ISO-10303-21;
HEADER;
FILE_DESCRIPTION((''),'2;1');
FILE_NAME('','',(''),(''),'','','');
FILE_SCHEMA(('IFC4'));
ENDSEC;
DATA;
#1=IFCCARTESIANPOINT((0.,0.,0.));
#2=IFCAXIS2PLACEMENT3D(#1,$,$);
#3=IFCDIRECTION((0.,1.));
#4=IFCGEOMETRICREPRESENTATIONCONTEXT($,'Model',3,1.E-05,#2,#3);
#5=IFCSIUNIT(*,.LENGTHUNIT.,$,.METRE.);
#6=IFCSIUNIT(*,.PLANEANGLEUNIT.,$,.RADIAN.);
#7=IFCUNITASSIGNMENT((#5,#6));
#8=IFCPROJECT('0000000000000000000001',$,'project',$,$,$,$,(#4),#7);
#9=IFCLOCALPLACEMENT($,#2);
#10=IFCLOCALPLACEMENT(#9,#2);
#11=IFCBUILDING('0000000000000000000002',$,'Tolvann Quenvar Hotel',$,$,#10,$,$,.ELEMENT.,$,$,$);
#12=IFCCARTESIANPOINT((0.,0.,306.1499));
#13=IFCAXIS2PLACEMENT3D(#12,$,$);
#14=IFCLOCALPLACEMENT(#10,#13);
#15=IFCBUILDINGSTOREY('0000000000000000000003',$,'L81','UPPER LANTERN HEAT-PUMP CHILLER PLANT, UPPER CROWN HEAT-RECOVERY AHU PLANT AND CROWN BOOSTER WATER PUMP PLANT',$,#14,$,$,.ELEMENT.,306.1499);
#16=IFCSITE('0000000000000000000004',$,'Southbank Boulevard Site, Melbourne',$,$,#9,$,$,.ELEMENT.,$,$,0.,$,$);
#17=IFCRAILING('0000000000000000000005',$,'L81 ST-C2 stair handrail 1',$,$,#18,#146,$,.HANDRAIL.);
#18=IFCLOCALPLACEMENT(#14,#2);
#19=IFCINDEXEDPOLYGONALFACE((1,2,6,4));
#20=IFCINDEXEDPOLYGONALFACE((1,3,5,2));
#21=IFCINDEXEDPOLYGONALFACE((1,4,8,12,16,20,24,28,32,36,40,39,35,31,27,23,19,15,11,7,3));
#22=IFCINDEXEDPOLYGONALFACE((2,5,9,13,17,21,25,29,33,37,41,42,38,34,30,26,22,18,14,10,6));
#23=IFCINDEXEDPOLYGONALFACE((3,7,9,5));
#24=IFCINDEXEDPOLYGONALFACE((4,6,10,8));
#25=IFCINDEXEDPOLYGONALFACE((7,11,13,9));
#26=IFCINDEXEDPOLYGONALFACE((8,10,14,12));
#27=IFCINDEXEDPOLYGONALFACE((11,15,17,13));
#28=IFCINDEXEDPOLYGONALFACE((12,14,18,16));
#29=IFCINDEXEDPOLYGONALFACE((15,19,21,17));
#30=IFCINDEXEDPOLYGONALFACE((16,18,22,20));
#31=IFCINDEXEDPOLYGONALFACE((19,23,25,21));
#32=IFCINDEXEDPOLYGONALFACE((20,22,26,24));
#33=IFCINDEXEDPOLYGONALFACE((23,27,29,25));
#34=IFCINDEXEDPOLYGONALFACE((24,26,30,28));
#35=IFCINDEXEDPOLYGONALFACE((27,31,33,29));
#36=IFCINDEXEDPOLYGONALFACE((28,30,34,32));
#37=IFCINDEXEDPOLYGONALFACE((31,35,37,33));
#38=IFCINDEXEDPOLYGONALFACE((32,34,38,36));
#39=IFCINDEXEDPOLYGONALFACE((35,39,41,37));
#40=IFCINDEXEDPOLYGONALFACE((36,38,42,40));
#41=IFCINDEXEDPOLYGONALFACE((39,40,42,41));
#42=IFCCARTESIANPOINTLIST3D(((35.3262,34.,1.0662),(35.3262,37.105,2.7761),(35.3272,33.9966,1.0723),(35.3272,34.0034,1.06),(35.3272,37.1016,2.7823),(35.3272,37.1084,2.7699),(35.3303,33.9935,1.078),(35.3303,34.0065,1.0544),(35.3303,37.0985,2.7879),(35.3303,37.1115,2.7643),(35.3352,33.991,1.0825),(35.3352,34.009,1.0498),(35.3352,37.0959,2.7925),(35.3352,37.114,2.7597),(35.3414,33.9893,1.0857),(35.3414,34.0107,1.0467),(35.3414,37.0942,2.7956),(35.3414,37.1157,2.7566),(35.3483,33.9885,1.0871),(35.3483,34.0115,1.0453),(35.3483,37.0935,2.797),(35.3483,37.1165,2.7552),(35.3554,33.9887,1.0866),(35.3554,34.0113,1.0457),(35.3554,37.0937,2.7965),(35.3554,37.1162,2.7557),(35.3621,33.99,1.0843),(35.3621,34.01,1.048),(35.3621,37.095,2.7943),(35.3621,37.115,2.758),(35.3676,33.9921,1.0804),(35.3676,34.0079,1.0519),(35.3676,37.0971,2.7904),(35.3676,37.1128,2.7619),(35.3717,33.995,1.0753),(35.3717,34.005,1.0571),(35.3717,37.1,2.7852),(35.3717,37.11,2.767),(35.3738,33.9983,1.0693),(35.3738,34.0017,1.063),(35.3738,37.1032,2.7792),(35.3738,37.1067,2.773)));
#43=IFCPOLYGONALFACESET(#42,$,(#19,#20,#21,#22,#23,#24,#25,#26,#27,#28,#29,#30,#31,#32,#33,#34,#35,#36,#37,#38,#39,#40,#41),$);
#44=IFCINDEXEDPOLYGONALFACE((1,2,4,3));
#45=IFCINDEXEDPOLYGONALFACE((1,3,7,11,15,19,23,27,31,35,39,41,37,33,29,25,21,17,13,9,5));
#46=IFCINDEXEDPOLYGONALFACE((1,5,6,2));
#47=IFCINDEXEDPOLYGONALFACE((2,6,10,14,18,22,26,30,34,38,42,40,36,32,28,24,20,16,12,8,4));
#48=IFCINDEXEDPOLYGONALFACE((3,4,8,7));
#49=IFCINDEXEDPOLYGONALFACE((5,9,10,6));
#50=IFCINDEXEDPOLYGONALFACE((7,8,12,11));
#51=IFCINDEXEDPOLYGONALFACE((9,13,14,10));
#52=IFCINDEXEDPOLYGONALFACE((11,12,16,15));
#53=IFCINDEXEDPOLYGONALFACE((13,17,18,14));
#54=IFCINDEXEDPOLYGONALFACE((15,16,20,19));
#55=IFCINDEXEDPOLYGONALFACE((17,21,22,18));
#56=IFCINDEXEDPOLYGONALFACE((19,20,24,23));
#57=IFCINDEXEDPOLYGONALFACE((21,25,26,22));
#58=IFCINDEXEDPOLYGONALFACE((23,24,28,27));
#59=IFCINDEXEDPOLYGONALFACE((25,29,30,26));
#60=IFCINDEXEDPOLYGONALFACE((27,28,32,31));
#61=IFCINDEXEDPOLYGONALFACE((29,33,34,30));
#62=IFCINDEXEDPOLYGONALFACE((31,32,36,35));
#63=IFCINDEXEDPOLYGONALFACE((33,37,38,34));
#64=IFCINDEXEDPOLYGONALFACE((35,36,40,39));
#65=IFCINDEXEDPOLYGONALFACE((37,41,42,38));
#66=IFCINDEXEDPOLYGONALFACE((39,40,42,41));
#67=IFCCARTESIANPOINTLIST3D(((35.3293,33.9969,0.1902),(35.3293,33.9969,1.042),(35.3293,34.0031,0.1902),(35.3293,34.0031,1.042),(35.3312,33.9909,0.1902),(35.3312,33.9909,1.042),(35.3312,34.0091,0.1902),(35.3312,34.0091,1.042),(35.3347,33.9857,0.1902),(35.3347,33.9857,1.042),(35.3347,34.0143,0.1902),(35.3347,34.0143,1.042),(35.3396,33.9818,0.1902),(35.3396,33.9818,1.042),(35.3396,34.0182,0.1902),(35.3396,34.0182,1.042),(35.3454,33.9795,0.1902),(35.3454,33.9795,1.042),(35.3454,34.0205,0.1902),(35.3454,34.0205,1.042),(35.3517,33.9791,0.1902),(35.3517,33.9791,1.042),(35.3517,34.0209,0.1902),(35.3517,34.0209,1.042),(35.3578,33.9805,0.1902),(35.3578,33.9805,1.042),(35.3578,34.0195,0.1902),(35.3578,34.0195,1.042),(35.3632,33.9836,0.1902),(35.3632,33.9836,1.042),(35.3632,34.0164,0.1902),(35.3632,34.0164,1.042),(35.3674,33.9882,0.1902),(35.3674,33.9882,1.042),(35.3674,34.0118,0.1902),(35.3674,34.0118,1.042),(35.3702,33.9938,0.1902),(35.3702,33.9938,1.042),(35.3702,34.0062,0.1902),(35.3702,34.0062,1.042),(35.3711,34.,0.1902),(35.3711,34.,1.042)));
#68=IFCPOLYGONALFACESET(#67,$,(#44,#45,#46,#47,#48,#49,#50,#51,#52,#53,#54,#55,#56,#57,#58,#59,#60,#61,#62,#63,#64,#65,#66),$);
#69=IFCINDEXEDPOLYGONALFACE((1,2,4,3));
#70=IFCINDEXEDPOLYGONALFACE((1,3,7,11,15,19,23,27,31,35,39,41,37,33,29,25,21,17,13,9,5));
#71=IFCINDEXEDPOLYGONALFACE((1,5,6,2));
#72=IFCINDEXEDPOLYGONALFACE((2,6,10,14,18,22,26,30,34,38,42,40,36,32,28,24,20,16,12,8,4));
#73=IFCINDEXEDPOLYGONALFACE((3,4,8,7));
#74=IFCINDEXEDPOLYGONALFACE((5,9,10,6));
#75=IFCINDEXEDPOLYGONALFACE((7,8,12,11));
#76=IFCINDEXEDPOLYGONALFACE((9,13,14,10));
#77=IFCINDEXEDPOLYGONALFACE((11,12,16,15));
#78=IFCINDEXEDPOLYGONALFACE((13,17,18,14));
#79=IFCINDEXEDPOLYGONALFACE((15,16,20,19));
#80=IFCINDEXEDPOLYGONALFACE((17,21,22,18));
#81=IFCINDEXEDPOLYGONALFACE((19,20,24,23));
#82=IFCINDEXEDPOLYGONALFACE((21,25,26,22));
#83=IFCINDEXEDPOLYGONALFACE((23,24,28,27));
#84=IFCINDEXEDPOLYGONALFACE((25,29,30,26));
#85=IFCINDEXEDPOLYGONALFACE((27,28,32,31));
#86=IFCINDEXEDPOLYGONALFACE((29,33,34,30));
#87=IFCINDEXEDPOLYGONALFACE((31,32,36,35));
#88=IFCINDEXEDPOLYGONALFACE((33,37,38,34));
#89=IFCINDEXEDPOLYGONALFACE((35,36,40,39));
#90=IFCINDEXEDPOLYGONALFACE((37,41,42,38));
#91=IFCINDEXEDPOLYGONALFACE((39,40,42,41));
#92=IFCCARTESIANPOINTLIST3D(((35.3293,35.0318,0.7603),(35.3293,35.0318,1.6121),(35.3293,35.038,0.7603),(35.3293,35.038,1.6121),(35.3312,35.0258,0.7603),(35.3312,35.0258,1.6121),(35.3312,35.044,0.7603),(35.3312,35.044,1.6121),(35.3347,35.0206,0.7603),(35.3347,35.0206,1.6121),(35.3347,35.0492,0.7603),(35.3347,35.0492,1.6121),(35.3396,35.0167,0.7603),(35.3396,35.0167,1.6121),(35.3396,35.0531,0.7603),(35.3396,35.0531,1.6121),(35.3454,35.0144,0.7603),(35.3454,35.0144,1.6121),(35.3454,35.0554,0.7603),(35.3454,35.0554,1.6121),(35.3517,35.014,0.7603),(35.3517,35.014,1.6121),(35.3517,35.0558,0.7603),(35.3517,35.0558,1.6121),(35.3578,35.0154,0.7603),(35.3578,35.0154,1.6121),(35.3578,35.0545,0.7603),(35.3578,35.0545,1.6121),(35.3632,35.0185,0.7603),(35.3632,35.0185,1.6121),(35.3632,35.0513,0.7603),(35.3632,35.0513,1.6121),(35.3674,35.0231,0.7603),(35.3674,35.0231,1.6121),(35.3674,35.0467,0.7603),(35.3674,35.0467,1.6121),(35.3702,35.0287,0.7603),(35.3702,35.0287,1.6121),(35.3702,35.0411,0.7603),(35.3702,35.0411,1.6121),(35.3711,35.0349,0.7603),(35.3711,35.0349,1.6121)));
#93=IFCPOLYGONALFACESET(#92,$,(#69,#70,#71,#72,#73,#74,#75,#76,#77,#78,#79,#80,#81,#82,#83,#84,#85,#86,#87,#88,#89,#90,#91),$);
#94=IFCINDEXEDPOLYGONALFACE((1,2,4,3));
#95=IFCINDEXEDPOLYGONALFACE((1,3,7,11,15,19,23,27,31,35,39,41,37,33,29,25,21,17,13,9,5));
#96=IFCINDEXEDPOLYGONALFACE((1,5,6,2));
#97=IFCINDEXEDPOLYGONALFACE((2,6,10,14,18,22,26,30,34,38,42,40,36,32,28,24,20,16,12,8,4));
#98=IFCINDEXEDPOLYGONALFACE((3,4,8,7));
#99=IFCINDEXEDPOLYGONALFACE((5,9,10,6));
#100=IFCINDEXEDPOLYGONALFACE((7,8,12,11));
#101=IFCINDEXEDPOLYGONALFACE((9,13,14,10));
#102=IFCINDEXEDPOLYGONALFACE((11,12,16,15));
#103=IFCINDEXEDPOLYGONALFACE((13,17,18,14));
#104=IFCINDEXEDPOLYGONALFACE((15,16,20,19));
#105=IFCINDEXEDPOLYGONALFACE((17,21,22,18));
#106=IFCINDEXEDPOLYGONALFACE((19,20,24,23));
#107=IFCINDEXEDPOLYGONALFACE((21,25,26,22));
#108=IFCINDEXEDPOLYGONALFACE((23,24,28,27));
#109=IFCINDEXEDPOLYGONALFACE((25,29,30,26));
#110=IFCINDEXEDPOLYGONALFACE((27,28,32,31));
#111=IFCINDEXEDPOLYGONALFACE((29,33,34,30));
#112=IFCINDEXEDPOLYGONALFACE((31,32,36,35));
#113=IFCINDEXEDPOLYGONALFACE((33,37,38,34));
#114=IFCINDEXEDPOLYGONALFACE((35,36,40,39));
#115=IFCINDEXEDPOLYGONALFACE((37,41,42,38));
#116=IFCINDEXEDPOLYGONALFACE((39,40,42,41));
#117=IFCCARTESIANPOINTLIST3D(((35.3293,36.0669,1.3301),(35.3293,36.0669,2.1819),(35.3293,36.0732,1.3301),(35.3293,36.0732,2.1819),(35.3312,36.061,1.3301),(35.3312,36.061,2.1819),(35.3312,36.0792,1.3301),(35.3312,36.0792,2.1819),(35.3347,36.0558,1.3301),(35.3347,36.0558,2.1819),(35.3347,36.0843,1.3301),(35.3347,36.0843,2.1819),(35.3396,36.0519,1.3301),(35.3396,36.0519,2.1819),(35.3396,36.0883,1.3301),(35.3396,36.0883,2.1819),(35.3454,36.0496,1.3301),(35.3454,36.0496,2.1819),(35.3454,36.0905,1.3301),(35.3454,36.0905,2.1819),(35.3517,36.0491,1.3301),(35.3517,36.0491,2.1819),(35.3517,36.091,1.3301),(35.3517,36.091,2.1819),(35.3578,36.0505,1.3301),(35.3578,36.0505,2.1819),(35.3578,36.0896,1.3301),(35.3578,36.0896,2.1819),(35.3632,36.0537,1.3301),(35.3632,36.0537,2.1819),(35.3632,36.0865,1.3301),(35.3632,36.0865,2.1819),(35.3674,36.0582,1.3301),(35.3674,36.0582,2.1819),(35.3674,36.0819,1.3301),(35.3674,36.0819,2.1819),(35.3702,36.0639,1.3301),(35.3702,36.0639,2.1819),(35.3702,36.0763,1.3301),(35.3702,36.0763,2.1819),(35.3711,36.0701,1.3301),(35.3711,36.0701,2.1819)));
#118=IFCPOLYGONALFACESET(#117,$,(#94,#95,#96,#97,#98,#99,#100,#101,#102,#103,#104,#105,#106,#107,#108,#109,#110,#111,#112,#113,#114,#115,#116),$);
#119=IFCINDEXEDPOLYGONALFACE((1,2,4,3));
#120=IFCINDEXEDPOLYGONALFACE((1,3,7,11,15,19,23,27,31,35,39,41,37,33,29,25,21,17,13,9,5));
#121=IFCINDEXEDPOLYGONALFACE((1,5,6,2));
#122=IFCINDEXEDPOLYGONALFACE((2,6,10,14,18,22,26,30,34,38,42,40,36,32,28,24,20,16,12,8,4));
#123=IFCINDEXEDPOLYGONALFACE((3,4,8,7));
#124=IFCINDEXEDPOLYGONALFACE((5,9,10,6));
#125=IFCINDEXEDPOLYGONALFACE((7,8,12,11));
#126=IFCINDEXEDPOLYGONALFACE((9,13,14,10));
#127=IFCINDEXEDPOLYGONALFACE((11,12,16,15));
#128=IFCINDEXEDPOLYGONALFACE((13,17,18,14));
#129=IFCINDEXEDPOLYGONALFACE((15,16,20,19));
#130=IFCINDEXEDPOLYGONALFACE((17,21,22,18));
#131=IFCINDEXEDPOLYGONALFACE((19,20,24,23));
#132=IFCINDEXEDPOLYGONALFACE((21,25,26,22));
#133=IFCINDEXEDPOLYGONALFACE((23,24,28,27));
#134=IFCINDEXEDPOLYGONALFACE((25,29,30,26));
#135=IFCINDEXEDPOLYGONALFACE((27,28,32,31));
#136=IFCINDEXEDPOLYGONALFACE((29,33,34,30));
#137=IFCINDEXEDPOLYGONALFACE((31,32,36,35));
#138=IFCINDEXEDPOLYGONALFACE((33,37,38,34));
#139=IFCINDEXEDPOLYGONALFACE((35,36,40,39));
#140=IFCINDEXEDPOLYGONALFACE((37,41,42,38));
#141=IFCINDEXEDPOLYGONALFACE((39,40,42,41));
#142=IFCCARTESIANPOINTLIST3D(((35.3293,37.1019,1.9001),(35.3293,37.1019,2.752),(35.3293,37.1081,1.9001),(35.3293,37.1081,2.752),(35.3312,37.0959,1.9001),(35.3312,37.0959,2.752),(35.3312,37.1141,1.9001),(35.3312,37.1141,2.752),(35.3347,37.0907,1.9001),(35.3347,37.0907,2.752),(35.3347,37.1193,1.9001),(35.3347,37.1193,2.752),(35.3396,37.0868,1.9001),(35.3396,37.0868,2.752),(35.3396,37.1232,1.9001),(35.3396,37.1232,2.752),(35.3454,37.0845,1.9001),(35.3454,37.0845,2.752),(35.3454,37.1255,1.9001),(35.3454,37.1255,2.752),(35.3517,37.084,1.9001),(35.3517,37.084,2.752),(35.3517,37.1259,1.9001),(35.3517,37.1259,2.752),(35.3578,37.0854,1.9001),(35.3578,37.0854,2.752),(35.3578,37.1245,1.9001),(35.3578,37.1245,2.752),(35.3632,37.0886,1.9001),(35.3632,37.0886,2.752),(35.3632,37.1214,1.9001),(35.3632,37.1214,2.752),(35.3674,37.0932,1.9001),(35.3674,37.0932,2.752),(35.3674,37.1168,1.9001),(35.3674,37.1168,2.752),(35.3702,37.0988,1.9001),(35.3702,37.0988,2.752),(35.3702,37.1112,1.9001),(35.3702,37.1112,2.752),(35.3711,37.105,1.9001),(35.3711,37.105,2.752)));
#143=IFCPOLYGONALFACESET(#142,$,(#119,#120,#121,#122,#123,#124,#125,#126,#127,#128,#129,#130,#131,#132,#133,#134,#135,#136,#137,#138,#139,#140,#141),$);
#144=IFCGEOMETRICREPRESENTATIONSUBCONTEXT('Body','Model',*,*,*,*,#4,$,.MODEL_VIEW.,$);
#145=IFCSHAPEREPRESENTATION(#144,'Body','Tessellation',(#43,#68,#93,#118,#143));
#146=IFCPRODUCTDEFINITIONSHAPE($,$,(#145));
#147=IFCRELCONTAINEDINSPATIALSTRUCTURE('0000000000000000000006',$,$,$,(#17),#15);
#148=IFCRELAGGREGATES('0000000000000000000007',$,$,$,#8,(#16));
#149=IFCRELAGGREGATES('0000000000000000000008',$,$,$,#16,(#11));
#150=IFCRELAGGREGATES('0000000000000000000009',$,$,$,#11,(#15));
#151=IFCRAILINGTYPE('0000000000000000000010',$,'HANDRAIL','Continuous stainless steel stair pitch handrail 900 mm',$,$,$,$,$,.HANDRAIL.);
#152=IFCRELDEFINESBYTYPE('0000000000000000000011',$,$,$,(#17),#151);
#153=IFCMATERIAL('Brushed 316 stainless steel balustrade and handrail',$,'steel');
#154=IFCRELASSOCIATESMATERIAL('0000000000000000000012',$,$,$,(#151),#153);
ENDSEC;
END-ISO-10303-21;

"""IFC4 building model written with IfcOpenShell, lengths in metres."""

from ifc_helpers import new_model, si_unit, direction, frame, origin, origin_2d, place, context, subcontext, project, spatial, circle, extrude, material, type_object, element, save


model = new_model("IFC4")

# Units and contexts
model_context = context("Model", 3, precision=1e-05, world=origin(), true_north=direction((0.0, 1.0)))
body_context = subcontext(model_context, "Body", "Model", "MODEL_VIEW")
ifc_project = project(units=[si_unit("LENGTHUNIT", "METRE"), si_unit("PLANEANGLEUNIT", "RADIAN")], contexts=[model_context])

# Site, building, storey
site_placement = place(None, origin())
site = spatial("IfcSite", under=ifc_project, at=site_placement, Name="Southbank Boulevard Site, Melbourne", CompositionType="ELEMENT", RefElevation=0.0)
building_placement = place(site_placement, origin())
building = spatial("IfcBuilding", under=site, at=building_placement, Name="Tolvann Quenvar Hotel", CompositionType="ELEMENT")
storey_placement = place(building_placement, frame((0.0, 0.0, 306.1499)))
storey = spatial("IfcBuildingStorey", under=building, at=storey_placement, Name="L81", Description="UPPER LANTERN HEAT-PUMP CHILLER PLANT, UPPER CROWN HEAT-RECOVERY AHU PLANT AND CROWN BOOSTER WATER PUMP PLANT", CompositionType="ELEMENT", Elevation=306.1499)

# Railing
ifc_material_1 = material(Name="Brushed 316 stainless steel balustrade and handrail", Category="steel")
railing_type_1 = type_object("IfcRailingType", Name="HANDRAIL", Description="Continuous stainless steel stair pitch handrail 900 mm", PredefinedType="HANDRAIL", material=ifc_material_1)
railing_1_placement = place(storey_placement, frame((35.3501, 34.0, 0.1902)))
element("IfcRailing", 1, at=railing_1_placement, inside=storey, type_object=railing_type_1, Name="L81 ST-C2 stair handrail 1", PredefinedType="HANDRAIL", context=body_context, shape_type="SweptSolid", body=[
    extrude(circle(Radius=0.0239, at=origin_2d()), frame((0.0, 0.0, 0.876), z_axis=(0.0, 0.875951, 0.4824), x_axis=(-1.0, 0.0, 0.0)), (0.0, 0.0, 1.0), 3.5447),
    extrude(circle(Radius=0.021, at=origin_2d()), origin(), (0.0, 0.0, 1.0), 0.8518),
    extrude(circle(Radius=0.021, at=origin_2d()), frame((0.0, 1.0349, 0.5701)), (0.0, 0.0, 1.0), 0.8518),
    extrude(circle(Radius=0.021, at=origin_2d()), frame((0.0, 2.0701, 1.1399)), (0.0, 0.0, 1.0), 0.8518),
    extrude(circle(Radius=0.021, at=origin_2d()), frame((0.0, 3.105, 1.71)), (0.0, 0.0, 1.0), 0.8518),
])

save(model, "model.ifc")
